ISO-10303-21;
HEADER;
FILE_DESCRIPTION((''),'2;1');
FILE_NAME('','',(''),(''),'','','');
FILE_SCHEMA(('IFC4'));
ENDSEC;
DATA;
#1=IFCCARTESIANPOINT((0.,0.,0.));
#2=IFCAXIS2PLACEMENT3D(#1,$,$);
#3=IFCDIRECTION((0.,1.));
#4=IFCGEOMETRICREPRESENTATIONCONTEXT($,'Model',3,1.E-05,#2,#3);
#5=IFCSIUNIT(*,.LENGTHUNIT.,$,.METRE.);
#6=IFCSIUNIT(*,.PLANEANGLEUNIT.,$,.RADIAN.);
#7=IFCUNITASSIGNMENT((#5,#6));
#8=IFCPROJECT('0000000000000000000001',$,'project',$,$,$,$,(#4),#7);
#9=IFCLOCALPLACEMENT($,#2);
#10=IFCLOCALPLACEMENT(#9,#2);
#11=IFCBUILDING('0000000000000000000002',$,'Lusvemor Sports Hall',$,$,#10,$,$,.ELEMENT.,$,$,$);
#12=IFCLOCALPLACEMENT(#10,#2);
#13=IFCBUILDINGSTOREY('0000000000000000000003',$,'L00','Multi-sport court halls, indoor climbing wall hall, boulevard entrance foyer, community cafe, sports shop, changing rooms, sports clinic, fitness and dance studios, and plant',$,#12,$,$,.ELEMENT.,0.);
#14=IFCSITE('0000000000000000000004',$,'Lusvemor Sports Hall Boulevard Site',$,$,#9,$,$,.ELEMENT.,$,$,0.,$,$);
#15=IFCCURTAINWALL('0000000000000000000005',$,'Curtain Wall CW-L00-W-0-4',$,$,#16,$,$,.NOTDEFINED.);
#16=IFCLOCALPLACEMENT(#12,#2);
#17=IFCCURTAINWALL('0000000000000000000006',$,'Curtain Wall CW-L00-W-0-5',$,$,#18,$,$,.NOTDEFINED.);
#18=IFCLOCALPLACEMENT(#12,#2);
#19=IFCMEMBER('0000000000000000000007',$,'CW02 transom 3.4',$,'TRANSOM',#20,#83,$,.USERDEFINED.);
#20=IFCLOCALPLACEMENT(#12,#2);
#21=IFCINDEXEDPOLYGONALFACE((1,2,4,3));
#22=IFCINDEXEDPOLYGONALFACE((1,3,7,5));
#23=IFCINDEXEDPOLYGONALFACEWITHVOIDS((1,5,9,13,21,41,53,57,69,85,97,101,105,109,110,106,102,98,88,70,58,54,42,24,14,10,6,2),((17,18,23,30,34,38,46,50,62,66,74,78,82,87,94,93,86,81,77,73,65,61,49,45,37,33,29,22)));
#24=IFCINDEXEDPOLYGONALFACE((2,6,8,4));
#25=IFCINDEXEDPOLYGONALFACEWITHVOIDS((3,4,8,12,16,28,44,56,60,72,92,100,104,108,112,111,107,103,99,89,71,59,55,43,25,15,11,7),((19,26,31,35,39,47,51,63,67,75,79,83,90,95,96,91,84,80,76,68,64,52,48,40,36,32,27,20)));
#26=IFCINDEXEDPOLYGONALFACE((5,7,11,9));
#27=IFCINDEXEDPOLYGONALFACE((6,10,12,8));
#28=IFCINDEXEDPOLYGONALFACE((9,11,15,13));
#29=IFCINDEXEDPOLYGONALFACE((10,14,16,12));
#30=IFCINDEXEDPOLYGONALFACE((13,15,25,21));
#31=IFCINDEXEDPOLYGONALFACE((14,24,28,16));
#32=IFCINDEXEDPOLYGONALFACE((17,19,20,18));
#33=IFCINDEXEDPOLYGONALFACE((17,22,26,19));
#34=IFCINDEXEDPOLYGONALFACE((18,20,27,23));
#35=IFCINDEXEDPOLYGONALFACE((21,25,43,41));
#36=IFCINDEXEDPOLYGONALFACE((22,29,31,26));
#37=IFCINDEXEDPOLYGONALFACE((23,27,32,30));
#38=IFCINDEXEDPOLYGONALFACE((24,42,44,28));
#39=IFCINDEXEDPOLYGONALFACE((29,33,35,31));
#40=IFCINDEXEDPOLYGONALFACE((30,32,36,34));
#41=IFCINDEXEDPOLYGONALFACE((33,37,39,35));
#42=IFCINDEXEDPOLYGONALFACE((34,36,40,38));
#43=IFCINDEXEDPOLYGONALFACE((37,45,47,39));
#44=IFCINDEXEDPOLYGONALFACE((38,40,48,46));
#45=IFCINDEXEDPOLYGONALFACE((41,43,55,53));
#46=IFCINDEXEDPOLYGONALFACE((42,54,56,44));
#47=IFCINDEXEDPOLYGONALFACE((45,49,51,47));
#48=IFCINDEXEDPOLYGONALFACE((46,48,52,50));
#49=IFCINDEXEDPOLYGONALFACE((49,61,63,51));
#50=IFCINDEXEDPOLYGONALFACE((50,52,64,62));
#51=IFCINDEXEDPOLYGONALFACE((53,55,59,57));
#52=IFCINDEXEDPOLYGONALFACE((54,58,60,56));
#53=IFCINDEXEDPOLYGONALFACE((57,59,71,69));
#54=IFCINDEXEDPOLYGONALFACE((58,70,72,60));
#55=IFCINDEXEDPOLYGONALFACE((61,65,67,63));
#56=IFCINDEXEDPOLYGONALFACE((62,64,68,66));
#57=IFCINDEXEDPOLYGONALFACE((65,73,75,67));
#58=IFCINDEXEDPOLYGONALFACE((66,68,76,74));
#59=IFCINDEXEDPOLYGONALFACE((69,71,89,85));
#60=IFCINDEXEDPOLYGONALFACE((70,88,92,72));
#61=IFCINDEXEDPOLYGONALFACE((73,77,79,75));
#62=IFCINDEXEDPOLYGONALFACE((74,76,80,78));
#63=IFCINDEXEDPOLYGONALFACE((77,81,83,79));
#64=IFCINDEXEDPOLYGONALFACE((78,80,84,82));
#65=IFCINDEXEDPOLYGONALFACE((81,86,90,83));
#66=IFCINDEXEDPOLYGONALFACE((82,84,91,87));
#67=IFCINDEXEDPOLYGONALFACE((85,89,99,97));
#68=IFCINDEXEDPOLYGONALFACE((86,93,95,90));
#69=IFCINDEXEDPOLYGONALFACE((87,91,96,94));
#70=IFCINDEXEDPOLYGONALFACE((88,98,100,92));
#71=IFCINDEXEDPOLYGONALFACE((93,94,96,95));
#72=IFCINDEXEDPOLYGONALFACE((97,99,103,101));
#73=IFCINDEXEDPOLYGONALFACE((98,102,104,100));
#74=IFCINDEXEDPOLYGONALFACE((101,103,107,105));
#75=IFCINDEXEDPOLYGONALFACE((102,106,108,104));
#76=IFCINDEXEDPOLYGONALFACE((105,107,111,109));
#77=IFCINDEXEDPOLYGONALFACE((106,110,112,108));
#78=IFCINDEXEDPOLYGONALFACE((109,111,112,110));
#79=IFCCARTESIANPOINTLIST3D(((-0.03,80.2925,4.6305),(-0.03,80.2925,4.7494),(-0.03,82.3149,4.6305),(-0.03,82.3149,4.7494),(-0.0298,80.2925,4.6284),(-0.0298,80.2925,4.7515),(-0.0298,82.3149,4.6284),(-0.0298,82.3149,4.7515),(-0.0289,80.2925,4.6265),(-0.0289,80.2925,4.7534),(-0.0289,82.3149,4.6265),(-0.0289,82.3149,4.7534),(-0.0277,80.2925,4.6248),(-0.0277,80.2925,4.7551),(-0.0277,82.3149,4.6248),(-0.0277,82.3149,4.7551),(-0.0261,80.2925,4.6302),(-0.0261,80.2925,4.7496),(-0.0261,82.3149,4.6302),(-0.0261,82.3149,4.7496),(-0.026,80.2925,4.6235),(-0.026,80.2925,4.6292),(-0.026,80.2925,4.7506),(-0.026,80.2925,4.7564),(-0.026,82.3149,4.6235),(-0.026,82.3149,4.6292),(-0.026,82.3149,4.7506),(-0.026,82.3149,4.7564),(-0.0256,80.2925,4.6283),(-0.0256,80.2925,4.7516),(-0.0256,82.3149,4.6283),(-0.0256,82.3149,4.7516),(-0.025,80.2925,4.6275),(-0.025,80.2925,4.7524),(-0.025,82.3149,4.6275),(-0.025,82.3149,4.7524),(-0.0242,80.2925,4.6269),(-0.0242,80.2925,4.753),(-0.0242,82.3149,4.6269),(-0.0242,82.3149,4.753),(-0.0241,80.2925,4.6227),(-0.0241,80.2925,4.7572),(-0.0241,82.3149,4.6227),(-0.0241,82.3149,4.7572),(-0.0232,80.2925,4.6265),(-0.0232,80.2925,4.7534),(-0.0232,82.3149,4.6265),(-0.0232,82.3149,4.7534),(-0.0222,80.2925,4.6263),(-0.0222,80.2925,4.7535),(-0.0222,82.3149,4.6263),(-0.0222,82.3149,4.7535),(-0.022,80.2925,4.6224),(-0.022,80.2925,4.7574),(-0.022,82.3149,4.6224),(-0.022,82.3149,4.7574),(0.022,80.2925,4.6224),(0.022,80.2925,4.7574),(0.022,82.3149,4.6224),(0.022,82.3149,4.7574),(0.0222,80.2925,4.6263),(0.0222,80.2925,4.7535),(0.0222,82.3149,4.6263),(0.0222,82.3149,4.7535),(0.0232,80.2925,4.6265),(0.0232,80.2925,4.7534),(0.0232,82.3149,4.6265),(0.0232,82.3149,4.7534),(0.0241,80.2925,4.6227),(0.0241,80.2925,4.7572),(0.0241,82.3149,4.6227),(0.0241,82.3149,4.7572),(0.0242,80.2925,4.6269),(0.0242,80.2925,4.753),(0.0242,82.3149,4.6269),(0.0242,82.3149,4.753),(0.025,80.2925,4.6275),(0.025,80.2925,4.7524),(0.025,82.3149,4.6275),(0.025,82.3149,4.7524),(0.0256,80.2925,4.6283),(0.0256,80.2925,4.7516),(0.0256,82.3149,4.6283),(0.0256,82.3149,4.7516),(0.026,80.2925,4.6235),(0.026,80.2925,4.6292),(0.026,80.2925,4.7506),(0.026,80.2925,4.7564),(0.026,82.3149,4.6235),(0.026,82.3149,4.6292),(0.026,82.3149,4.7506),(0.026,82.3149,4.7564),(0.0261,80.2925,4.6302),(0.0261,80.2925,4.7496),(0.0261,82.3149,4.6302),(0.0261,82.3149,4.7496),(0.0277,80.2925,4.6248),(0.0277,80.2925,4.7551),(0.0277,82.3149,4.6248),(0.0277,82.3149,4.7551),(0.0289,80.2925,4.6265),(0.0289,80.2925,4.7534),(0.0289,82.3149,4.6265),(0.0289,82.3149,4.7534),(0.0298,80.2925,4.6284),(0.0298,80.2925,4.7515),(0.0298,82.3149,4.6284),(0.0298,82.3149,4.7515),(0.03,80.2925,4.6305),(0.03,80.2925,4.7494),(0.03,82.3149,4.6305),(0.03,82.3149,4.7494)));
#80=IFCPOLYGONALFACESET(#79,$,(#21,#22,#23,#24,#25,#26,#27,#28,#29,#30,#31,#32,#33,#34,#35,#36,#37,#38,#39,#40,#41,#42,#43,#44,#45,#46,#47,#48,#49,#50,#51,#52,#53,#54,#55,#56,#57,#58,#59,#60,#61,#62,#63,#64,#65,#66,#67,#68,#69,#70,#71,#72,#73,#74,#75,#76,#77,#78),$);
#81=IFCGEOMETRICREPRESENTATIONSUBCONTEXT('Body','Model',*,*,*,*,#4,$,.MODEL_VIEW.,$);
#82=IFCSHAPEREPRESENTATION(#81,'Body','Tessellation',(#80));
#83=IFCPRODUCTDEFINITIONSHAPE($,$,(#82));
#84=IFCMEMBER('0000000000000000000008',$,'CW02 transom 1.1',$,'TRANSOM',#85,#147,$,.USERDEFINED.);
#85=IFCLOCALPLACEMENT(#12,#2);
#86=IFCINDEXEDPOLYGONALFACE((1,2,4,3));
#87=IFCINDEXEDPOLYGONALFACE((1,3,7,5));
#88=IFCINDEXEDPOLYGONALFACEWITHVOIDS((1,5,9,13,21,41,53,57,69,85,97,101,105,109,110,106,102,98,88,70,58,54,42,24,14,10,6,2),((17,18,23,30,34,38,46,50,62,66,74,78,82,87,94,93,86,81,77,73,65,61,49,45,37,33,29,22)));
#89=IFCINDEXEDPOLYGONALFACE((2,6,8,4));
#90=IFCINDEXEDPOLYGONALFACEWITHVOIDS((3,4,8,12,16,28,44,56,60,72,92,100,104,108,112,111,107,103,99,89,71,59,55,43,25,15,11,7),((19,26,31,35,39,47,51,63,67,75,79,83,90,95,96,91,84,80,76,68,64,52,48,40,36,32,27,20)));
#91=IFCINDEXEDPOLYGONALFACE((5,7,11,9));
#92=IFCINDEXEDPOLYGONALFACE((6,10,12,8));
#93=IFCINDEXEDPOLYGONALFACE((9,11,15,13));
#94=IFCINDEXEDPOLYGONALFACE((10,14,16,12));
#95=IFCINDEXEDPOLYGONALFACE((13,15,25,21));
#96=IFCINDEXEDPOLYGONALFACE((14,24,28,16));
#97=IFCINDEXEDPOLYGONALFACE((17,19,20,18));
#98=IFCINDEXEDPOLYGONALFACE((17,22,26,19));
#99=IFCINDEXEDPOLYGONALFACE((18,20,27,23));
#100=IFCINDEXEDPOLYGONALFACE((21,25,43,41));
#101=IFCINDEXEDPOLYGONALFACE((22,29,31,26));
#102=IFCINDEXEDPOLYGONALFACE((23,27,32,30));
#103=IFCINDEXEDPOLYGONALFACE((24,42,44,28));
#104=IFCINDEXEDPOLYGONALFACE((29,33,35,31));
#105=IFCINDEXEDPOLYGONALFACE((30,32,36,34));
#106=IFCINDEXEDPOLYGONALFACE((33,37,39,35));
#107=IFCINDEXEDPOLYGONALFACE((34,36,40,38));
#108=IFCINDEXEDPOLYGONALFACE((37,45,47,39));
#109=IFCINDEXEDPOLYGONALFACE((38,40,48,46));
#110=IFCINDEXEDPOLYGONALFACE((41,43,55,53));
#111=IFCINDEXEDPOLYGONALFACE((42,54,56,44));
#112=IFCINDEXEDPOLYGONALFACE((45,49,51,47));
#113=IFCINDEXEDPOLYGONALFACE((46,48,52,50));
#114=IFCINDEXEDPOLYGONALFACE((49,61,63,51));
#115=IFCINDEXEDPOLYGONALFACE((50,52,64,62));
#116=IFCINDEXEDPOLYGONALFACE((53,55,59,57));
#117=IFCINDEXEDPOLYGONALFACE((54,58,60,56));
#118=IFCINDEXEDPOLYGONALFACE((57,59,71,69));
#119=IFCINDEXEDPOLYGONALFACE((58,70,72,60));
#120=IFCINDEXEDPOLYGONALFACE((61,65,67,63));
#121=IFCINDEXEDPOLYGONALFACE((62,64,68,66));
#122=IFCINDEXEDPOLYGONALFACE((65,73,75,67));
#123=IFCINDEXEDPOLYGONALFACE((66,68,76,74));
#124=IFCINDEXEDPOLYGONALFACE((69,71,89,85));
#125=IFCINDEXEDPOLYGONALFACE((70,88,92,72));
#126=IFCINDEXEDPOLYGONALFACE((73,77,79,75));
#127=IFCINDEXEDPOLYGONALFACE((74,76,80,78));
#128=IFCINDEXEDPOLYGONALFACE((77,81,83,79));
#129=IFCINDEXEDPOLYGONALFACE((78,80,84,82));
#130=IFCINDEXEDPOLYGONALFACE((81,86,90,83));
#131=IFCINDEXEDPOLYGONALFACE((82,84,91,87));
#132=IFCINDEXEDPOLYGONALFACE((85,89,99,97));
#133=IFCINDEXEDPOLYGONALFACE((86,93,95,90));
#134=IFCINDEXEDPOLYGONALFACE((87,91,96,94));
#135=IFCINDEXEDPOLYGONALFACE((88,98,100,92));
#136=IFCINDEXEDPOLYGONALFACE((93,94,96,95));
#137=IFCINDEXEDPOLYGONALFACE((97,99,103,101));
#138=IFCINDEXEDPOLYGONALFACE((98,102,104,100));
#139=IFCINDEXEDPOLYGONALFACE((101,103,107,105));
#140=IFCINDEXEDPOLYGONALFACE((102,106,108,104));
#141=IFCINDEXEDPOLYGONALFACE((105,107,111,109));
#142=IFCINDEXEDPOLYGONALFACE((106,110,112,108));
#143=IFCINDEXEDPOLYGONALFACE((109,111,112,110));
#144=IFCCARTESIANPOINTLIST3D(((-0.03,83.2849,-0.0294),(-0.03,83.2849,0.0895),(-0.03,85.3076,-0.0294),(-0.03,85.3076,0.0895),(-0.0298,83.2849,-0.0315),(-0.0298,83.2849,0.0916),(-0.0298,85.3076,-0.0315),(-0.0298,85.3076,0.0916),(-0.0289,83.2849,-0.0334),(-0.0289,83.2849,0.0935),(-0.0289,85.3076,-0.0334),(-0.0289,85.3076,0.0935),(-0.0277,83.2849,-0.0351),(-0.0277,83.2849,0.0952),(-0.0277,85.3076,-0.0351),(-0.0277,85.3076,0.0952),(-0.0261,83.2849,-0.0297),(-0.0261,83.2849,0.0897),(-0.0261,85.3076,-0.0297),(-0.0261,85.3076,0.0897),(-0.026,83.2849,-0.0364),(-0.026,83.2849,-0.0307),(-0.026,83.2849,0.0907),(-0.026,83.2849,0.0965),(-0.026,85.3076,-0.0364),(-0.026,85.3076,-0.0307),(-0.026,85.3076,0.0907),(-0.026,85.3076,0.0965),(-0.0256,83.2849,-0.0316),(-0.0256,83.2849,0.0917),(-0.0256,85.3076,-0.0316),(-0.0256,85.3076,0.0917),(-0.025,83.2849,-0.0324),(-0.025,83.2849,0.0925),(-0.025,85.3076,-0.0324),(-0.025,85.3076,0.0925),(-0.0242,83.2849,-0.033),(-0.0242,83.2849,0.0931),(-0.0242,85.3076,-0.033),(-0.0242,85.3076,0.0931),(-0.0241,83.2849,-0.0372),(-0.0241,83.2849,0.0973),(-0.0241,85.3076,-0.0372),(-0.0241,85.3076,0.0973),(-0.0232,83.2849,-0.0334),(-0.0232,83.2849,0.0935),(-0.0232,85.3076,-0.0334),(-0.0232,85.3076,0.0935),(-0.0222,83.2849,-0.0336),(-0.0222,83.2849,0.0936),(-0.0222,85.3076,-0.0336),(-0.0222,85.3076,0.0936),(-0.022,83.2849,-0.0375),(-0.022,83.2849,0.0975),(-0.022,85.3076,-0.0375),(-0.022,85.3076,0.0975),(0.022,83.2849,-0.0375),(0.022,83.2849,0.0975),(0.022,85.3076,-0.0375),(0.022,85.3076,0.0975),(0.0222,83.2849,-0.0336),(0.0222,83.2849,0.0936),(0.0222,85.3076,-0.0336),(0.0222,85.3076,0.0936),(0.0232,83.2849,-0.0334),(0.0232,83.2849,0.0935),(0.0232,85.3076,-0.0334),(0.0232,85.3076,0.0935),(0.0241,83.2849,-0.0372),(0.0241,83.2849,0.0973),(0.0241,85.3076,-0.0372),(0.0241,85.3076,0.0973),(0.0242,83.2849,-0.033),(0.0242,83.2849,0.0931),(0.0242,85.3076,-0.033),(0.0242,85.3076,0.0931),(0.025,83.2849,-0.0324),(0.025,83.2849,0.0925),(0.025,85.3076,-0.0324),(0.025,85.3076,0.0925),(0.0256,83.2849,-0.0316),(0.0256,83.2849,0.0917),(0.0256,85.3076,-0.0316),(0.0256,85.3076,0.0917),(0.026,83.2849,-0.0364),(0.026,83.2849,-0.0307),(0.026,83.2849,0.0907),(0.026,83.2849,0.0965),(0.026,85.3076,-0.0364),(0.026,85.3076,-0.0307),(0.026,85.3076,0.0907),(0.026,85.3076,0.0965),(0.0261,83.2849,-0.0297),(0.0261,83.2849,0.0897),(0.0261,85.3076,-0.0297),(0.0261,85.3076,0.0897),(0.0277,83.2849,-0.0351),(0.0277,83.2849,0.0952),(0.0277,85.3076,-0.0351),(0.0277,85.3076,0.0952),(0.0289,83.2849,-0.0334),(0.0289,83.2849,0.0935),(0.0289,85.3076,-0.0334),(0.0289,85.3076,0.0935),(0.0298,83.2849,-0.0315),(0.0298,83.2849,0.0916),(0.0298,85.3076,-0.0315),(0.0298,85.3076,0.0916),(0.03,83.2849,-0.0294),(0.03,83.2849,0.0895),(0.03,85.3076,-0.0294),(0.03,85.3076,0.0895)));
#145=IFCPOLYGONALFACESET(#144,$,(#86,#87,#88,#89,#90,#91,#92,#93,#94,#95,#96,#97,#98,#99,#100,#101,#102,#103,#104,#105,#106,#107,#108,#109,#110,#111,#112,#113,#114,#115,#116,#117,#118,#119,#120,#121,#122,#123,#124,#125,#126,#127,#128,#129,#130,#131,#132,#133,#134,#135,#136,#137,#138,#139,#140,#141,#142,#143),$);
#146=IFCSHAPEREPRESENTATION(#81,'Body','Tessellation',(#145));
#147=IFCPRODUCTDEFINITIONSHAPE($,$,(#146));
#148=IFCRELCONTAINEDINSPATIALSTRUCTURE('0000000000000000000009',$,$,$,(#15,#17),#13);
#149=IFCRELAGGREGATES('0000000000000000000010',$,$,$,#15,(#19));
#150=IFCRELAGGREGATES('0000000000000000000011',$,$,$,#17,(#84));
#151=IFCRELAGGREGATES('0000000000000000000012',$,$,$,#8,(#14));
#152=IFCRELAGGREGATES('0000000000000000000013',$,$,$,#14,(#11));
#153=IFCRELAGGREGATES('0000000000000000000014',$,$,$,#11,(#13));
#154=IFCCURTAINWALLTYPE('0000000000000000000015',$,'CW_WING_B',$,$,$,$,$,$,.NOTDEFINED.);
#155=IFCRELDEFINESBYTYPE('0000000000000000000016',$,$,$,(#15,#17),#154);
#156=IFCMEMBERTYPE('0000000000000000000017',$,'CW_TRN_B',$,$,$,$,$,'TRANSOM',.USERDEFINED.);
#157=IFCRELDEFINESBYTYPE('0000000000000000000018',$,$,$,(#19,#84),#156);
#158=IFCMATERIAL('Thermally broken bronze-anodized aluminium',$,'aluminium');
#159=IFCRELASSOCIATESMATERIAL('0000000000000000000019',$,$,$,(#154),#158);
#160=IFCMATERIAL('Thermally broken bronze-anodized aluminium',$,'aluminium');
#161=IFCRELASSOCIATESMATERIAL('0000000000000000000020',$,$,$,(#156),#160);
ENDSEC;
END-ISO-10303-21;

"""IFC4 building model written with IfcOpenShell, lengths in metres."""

from ifc_helpers import new_model, si_unit, direction, frame, origin, origin_2d, place, context, subcontext, project, spatial, hollow_rectangle, extrude, material, material_profile, profile_set, type_object, element, aggregate, save


model = new_model("IFC4")

# Units and contexts
model_context = context("Model", 3, precision=1e-05, world=origin(), true_north=direction((0.0, 1.0)))
body_context = subcontext(model_context, "Body", "Model", "MODEL_VIEW")
ifc_project = project(units=[si_unit("LENGTHUNIT", "METRE"), si_unit("PLANEANGLEUNIT", "RADIAN")], contexts=[model_context])

# Site, building, storey
site_placement = place(None, origin())
site = spatial("IfcSite", under=ifc_project, at=site_placement, Name="Lusvemor Sports Hall Boulevard Site", CompositionType="ELEMENT", RefElevation=0.0)
building_placement = place(site_placement, origin())
building = spatial("IfcBuilding", under=site, at=building_placement, Name="Lusvemor Sports Hall", CompositionType="ELEMENT")
storey_placement = place(building_placement, origin())
storey = spatial("IfcBuildingStorey", under=building, at=storey_placement, Name="L00", Description="Multi-sport court halls, indoor climbing wall hall, boulevard entrance foyer, community cafe, sports shop, changing rooms, sports clinic, fitness and dance studios, and plant", CompositionType="ELEMENT", Elevation=0.0)

# Curtain wall
ifc_material_1 = material(Name="Thermally broken bronze-anodized aluminium", Category="aluminium")
curtain_wall_type = type_object("IfcCurtainWallType", Name="CW_WING_B", PredefinedType="NOTDEFINED", material=ifc_material_1)
curtain_wall_1_placement = place(storey_placement, origin())
curtain_wall_1 = element("IfcCurtainWall", 1, at=curtain_wall_1_placement, inside=storey, type_object=curtain_wall_type, Name="Curtain Wall CW-L00-W-0-4", PredefinedType="NOTDEFINED")

# Curtain wall
curtain_wall_2_placement = place(storey_placement, origin())
curtain_wall_2 = element("IfcCurtainWall", 2, at=curtain_wall_2_placement, inside=storey, type_object=curtain_wall_type, Name="Curtain Wall CW-L00-W-0-5", PredefinedType="NOTDEFINED")

# Members
ifc_material_2 = material(Name="Thermally broken bronze-anodized aluminium", Category="aluminium")
ifc_material_profile_1 = material_profile(ifc_material_2, hollow_rectangle(XDim=0.0601, YDim=0.135, WallThickness=0.0039, InnerFilletRadius=0.0039, OuterFilletRadius=0.0081, at=origin_2d()), Name="CWTRN135x60x4")
ifc_profile_set_1 = profile_set([ifc_material_profile_1], Name="Thermally broken bronze-anodized aluminium")
member_type_1 = type_object("IfcMemberType", Name="CW_TRN_B", ElementType="TRANSOM", PredefinedType="USERDEFINED", material=ifc_profile_set_1)
member_1_placement = place(storey_placement, frame((0.0, 80.2925, 4.6899), z_axis=(0.0, 1.0, 0.0), x_axis=(-1.0, 0.0, 0.0)))
member_1 = element("IfcMember", 3, at=member_1_placement, type_object=member_type_1, Name="CW02 transom 3.4", ObjectType="TRANSOM", PredefinedType="USERDEFINED", context=body_context, shape_type="SweptSolid", body=[
    extrude(hollow_rectangle(XDim=0.0601, YDim=0.135, WallThickness=0.0039, InnerFilletRadius=0.0039, OuterFilletRadius=0.0081, at=origin_2d()), origin(), (0.0, 0.0, 1.0), 2.0225),
])
member_2_placement = place(storey_placement, frame((0.0, 83.2849, 0.03), z_axis=(0.0, 1.0, 0.0), x_axis=(-1.0, 0.0, 0.0)))
member_2 = element("IfcMember", 4, at=member_2_placement, type_object=member_type_1, Name="CW02 transom 1.1", ObjectType="TRANSOM", PredefinedType="USERDEFINED", context=body_context, shape_type="SweptSolid", body=[
    extrude(hollow_rectangle(XDim=0.0601, YDim=0.135, WallThickness=0.0039, InnerFilletRadius=0.0039, OuterFilletRadius=0.0081, at=origin_2d()), origin(), (0.0, 0.0, 1.0), 2.0227),
])

aggregate(curtain_wall_1, [member_1])
aggregate(curtain_wall_2, [member_2])

save(model, "model.ifc")
